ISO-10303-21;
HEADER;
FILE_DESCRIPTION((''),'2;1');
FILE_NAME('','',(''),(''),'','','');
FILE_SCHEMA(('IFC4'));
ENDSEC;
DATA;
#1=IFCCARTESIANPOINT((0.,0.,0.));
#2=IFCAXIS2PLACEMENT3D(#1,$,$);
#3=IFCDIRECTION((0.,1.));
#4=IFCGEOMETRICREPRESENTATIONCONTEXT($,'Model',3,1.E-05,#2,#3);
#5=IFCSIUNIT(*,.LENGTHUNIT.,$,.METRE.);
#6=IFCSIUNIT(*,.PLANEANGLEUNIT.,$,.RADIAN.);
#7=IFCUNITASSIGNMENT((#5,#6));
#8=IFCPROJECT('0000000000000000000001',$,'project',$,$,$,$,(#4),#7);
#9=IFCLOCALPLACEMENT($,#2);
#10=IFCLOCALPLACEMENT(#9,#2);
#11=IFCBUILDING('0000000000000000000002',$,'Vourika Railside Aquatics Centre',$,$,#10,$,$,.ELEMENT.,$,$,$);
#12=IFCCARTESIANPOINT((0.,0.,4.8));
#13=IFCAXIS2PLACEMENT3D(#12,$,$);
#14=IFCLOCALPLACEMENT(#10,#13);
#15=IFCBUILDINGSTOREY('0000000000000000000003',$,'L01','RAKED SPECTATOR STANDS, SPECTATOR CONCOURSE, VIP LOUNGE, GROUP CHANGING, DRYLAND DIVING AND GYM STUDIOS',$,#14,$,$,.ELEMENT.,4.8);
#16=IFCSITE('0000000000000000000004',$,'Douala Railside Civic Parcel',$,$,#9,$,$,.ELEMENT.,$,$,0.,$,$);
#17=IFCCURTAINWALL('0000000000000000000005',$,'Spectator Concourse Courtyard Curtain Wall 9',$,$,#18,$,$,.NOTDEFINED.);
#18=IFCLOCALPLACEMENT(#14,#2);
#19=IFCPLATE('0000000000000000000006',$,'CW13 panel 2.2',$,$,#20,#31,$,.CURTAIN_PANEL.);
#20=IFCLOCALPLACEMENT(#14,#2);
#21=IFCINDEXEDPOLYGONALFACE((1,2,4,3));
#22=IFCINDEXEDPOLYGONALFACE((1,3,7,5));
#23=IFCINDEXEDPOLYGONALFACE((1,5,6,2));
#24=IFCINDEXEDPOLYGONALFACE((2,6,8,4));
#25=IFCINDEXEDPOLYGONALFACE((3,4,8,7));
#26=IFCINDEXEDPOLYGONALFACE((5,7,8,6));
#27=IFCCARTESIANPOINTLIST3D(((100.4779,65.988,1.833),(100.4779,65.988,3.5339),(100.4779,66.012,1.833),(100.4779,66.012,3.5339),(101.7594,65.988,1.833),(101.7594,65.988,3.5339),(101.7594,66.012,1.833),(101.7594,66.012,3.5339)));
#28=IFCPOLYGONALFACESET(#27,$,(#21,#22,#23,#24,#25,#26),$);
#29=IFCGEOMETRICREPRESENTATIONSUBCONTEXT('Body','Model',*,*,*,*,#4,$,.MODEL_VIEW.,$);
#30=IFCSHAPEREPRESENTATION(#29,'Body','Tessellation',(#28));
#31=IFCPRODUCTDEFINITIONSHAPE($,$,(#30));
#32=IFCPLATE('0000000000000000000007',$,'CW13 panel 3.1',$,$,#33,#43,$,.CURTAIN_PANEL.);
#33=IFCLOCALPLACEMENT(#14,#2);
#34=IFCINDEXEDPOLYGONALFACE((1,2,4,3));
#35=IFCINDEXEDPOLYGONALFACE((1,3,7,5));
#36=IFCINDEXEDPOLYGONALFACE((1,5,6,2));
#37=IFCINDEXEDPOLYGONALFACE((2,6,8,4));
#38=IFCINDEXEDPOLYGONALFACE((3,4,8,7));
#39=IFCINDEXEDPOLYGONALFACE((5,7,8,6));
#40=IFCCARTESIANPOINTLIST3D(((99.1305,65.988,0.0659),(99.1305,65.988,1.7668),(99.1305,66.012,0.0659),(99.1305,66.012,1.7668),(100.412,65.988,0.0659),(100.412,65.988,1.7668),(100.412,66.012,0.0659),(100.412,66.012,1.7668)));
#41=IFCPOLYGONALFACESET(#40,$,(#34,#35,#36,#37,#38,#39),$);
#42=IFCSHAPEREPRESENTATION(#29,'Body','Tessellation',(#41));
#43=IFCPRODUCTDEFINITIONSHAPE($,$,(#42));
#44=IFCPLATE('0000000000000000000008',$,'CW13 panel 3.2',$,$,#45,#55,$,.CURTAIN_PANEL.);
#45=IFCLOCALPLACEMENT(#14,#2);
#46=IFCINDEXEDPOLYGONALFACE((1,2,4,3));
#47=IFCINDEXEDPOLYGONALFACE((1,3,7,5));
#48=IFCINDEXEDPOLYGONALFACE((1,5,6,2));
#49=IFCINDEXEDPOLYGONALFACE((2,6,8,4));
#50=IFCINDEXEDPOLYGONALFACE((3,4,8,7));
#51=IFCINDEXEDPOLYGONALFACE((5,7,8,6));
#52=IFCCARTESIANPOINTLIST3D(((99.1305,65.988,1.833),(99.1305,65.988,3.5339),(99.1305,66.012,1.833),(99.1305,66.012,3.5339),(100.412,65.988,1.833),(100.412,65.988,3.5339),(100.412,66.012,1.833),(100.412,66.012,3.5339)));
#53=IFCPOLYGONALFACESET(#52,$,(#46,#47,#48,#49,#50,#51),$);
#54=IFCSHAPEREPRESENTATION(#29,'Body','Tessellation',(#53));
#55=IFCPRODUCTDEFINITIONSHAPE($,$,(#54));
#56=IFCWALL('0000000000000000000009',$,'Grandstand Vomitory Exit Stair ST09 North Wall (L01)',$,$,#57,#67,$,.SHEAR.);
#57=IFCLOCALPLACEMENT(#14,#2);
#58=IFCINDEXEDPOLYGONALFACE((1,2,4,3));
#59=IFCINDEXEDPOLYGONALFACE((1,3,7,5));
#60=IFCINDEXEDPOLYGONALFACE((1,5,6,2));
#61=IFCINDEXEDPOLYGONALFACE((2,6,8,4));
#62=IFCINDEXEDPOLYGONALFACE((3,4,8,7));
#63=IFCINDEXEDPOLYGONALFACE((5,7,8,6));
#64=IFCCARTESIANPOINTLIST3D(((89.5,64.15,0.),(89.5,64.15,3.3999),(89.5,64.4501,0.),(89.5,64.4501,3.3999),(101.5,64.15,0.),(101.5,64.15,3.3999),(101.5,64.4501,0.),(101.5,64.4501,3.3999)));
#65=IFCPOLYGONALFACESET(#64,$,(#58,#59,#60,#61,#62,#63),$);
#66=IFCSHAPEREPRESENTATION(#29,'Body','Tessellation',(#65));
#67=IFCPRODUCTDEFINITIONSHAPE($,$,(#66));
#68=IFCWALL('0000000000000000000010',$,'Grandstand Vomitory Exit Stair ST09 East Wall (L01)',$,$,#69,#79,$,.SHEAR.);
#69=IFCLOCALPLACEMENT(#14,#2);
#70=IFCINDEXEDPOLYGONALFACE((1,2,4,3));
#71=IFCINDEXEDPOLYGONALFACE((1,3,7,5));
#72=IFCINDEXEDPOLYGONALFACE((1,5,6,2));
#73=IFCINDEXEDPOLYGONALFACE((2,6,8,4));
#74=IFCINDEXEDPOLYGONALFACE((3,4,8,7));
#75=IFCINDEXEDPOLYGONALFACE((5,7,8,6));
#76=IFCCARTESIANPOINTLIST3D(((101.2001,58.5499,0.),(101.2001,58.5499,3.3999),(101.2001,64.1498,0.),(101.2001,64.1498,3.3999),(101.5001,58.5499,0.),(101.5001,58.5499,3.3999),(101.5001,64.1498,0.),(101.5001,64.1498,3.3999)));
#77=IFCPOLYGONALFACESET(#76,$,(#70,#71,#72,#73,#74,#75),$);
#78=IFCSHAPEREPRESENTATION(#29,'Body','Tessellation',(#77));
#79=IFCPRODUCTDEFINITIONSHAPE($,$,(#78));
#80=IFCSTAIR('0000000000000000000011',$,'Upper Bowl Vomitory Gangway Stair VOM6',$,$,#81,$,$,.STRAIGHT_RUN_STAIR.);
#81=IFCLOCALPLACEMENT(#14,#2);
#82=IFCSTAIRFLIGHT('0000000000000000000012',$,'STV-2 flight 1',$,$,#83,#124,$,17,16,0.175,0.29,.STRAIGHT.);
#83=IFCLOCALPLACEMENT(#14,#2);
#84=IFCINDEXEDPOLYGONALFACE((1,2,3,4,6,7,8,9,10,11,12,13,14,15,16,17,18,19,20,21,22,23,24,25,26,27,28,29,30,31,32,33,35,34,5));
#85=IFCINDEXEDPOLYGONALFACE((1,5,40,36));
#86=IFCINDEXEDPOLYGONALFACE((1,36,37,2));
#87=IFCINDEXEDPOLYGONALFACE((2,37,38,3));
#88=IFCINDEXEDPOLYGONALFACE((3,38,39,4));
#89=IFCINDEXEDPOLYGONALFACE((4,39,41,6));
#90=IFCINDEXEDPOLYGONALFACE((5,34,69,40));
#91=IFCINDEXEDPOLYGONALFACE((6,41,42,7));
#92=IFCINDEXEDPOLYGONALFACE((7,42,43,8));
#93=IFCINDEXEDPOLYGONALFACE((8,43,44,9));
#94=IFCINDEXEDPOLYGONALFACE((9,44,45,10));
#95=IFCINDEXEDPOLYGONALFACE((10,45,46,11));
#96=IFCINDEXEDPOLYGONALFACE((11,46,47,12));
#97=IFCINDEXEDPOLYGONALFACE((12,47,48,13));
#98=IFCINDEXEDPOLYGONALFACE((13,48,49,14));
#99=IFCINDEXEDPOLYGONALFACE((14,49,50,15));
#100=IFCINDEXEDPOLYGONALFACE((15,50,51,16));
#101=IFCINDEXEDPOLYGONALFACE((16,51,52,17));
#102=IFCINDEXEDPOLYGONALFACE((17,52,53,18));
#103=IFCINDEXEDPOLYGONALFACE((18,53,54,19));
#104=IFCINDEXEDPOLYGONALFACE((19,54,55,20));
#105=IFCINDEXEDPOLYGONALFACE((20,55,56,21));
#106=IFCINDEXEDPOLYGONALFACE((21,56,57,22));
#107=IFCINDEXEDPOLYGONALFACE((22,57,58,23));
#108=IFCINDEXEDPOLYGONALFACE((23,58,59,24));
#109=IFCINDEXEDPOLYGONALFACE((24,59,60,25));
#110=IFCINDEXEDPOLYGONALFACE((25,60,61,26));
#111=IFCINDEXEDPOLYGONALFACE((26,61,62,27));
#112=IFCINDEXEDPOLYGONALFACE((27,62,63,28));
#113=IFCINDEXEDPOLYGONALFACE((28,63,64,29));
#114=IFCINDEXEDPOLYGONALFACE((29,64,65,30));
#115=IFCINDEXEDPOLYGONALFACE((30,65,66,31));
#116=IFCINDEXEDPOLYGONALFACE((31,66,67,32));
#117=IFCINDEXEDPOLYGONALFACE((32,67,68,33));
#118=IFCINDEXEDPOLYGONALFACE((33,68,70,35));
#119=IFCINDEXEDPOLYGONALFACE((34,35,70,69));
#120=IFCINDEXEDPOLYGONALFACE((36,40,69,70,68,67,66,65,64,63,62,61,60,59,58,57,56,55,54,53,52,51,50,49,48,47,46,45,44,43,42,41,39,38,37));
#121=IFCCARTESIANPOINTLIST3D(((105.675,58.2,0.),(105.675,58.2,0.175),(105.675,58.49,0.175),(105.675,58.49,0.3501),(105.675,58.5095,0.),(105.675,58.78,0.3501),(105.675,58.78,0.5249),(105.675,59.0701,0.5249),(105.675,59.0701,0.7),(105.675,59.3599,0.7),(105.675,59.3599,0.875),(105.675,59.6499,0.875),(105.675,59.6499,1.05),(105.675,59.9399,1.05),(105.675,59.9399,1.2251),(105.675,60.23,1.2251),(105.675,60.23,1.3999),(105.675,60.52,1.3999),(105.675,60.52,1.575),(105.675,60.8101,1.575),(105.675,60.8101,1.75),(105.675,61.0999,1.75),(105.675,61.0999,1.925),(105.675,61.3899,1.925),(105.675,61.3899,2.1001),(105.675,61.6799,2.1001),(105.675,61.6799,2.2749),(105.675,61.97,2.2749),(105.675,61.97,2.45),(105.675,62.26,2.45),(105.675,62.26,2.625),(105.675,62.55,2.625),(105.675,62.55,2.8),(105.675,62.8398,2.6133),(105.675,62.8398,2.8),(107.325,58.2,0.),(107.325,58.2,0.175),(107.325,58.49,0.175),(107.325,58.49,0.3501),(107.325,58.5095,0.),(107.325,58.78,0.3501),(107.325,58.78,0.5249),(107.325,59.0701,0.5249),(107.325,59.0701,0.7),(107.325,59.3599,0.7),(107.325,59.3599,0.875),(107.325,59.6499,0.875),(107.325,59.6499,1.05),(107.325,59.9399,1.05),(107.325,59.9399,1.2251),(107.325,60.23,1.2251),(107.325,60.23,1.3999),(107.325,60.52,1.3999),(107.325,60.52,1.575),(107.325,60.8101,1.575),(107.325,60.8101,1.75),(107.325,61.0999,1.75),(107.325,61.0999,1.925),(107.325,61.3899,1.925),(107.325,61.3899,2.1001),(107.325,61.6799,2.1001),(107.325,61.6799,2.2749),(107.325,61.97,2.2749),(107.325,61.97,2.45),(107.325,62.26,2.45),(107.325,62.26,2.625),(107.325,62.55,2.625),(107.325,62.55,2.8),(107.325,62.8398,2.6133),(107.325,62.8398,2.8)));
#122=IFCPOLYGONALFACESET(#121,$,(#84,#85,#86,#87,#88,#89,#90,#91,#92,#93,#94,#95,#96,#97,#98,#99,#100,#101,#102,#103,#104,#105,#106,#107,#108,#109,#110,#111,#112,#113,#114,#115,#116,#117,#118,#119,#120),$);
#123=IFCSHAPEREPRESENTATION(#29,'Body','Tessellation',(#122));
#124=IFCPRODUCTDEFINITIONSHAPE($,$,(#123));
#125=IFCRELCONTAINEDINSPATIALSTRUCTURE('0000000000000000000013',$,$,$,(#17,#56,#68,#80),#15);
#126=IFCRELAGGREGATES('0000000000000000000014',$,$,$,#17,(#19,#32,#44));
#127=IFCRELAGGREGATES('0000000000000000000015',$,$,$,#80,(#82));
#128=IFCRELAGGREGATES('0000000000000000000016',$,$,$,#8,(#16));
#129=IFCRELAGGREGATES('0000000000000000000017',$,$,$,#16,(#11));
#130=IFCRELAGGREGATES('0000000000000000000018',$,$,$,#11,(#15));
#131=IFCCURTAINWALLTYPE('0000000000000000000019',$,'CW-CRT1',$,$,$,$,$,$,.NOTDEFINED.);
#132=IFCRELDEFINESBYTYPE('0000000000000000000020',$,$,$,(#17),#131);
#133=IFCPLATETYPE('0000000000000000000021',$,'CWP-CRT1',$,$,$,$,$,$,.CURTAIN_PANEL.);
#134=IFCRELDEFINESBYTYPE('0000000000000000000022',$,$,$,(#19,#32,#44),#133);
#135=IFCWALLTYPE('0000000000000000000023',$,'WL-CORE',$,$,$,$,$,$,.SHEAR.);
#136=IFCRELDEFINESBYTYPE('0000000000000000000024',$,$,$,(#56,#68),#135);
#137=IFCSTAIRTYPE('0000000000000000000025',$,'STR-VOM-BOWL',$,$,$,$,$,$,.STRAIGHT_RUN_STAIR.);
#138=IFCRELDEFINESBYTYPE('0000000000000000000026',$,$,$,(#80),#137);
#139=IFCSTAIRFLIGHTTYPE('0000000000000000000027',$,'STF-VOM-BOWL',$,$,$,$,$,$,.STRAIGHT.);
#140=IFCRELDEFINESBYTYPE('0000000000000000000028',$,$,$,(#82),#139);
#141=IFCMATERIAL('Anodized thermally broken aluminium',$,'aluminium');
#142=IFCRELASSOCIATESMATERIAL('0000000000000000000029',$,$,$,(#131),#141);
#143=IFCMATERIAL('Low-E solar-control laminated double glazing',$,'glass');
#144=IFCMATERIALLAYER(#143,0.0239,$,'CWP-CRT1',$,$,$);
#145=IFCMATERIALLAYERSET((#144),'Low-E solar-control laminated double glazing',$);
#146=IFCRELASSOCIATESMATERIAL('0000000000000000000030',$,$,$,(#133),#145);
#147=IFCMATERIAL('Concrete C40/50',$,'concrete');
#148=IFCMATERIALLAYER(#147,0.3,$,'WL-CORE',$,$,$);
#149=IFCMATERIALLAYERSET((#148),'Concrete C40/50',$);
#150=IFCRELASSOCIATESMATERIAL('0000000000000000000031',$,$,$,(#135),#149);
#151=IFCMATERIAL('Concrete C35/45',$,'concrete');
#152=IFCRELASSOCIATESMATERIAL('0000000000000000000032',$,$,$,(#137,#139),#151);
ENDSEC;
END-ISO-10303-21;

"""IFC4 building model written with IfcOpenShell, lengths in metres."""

from ifc_helpers import new_model, si_unit, direction, frame, frame_2d, origin, origin_2d, place, context, subcontext, project, spatial, polyline, rectangle, outline, extrude, material, layer, layer_set, type_object, element, aggregate, save


model = new_model("IFC4")

# Units and contexts
model_context = context("Model", 3, precision=1e-05, world=origin(), true_north=direction((0.0, 1.0)))
body_context = subcontext(model_context, "Body", "Model", "MODEL_VIEW")
ifc_project = project(units=[si_unit("LENGTHUNIT", "METRE"), si_unit("PLANEANGLEUNIT", "RADIAN")], contexts=[model_context])

# Site, building, storey
site_placement = place(None, origin())
site = spatial("IfcSite", under=ifc_project, at=site_placement, Name="Douala Railside Civic Parcel", CompositionType="ELEMENT", RefElevation=0.0)
building_placement = place(site_placement, origin())
building = spatial("IfcBuilding", under=site, at=building_placement, Name="Vourika Railside Aquatics Centre", CompositionType="ELEMENT")
storey_placement = place(building_placement, frame((0.0, 0.0, 4.8)))
storey = spatial("IfcBuildingStorey", under=building, at=storey_placement, Name="L01", Description="RAKED SPECTATOR STANDS, SPECTATOR CONCOURSE, VIP LOUNGE, GROUP CHANGING, DRYLAND DIVING AND GYM STUDIOS", CompositionType="ELEMENT", Elevation=4.8)

# Shared definitions
ifc_material_1 = material(Name="Concrete C35/45", Category="concrete")

# Curtain wall, plates
ifc_material_2 = material(Name="Anodized thermally broken aluminium", Category="aluminium")
curtain_wall_type = type_object("IfcCurtainWallType", Name="CW-CRT1", PredefinedType="NOTDEFINED", material=ifc_material_2)
curtain_wall_placement = place(storey_placement, origin())
curtain_wall = element("IfcCurtainWall", 1, at=curtain_wall_placement, inside=storey, type_object=curtain_wall_type, Name="Spectator Concourse Courtyard Curtain Wall 9", PredefinedType="NOTDEFINED")
ifc_material_3 = material(Name="Low-E solar-control laminated double glazing", Category="glass")
ifc_layer_1 = layer(ifc_material_3, 0.0239, Name="CWP-CRT1")
ifc_layer_set_1 = layer_set([ifc_layer_1], Name="Low-E solar-control laminated double glazing")
plate_type = type_object("IfcPlateType", Name="CWP-CRT1", PredefinedType="CURTAIN_PANEL", material=ifc_layer_set_1)
plate_1_placement = place(storey_placement, frame((101.1187, 66.0, 1.833), z_axis=(0.0, 0.0, 1.0), x_axis=(-1.0, 0.0, 0.0)))
plate_1 = element("IfcPlate", 2, at=plate_1_placement, type_object=plate_type, Name="CW13 panel 2.2", PredefinedType="CURTAIN_PANEL", context=body_context, shape_type="SweptSolid", body=[
    extrude(rectangle(XDim=1.2815, YDim=0.0239, at=origin_2d()), origin(), (0.0, 0.0, 1.0), 1.7009),
])
plate_2_placement = place(storey_placement, frame((99.7712, 66.0, 0.0659), z_axis=(0.0, 0.0, 1.0), x_axis=(-1.0, 0.0, 0.0)))
plate_2 = element("IfcPlate", 3, at=plate_2_placement, type_object=plate_type, Name="CW13 panel 3.1", PredefinedType="CURTAIN_PANEL", context=body_context, shape_type="SweptSolid", body=[
    extrude(rectangle(XDim=1.2815, YDim=0.0239, at=origin_2d()), origin(), (0.0, 0.0, 1.0), 1.7009),
])
plate_3_placement = place(storey_placement, frame((99.7712, 66.0, 1.833), z_axis=(0.0, 0.0, 1.0), x_axis=(-1.0, 0.0, 0.0)))
plate_3 = element("IfcPlate", 4, at=plate_3_placement, type_object=plate_type, Name="CW13 panel 3.2", PredefinedType="CURTAIN_PANEL", context=body_context, shape_type="SweptSolid", body=[
    extrude(rectangle(XDim=1.2815, YDim=0.0239, at=origin_2d()), origin(), (0.0, 0.0, 1.0), 1.7009),
])
aggregate(curtain_wall, [plate_1, plate_2, plate_3])

# Walls
ifc_material_4 = material(Name="Concrete C40/50", Category="concrete")
ifc_layer_2 = layer(ifc_material_4, 0.3, Name="WL-CORE")
ifc_layer_set_2 = layer_set([ifc_layer_2], Name="Concrete C40/50")
wall_type = type_object("IfcWallType", Name="WL-CORE", PredefinedType="SHEAR", material=ifc_layer_set_2)
wall_1_placement = place(storey_placement, frame((101.5, 64.3, 0.0), z_axis=(0.0, 0.0, 1.0), x_axis=(-1.0, 0.0, 0.0)))
element("IfcWall", 5, at=wall_1_placement, inside=storey, type_object=wall_type, Name="Grandstand Vomitory Exit Stair ST09 North Wall (L01)", PredefinedType="SHEAR", context=body_context, shape_type="SweptSolid", body=[
    extrude(rectangle(XDim=12.0, YDim=0.3, at=frame_2d((6.0, 0.0))), origin(), (0.0, 0.0, 1.0), 3.3999),
])
wall_2_placement = place(storey_placement, frame((101.3501, 58.55, 0.0), z_axis=(0.0, 0.0, 1.0), x_axis=(0.0, 1.0, 0.0)))
element("IfcWall", 6, at=wall_2_placement, inside=storey, type_object=wall_type, Name="Grandstand Vomitory Exit Stair ST09 East Wall (L01)", PredefinedType="SHEAR", context=body_context, shape_type="SweptSolid", body=[
    extrude(rectangle(XDim=5.5999, YDim=0.3, at=frame_2d((2.7998, 0.0))), origin(), (0.0, 0.0, 1.0), 3.3999),
])

# Stair, stair flight
stair_type = type_object("IfcStairType", Name="STR-VOM-BOWL", PredefinedType="STRAIGHT_RUN_STAIR", material=ifc_material_1)
stair_placement = place(storey_placement, origin())
stair = element("IfcStair", 7, at=stair_placement, inside=storey, type_object=stair_type, Name="Upper Bowl Vomitory Gangway Stair VOM6", PredefinedType="STRAIGHT_RUN_STAIR")
stair_flight_type = type_object("IfcStairFlightType", Name="STF-VOM-BOWL", PredefinedType="STRAIGHT", material=ifc_material_1)
stair_flight_placement = place(storey_placement, frame((106.5, 58.2, 0.0), z_axis=(0.0, 0.0, 1.0), x_axis=(0.0, 1.0, 0.0)))
stair_flight = element("IfcStairFlight", 8, at=stair_flight_placement, type_object=stair_flight_type, Name="STV-2 flight 1", NumberOfRisers=17, NumberOfTreads=16, PredefinedType="STRAIGHT", RiserHeight=0.175, TreadLength=0.29, context=body_context, shape_type="SweptSolid", body=[
    extrude(outline(polyline([(0.0, 0.0), (0.0, 0.175), (0.29, 0.175), (0.29, 0.3501), (0.5801, 0.3501), (0.5801, 0.5249), (0.8701, 0.5249), (0.8701, 0.7), (1.1599, 0.7), (1.1599, 0.875), (1.45, 0.875), (1.45, 1.05), (1.74, 1.05), (1.74, 1.2251), (2.03, 1.2251), (2.03, 1.3999), (2.3201, 1.3999), (2.3201, 1.575), (2.6101, 1.575), (2.6101, 1.75), (2.8999, 1.75), (2.8999, 1.925), (3.1899, 1.925), (3.1899, 2.1001), (3.48, 2.1001), (3.48, 2.2749), (3.77, 2.2749), (3.77, 2.45), (4.0601, 2.45), (4.0601, 2.625), (4.3501, 2.625), (4.3501, 2.8), (4.6399, 2.8), (4.6399, 2.9751), (4.6399, 2.6133), (0.3096, 0.0), (0.0, 0.0)])), frame((0.0, 0.825, 0.0), z_axis=(0.0, -1.0, 0.0), x_axis=(1.0, 0.0, 0.0)), (0.0, 0.0, 1.0), 1.6499),
])
aggregate(stair, [stair_flight])

save(model, "model.ifc")
